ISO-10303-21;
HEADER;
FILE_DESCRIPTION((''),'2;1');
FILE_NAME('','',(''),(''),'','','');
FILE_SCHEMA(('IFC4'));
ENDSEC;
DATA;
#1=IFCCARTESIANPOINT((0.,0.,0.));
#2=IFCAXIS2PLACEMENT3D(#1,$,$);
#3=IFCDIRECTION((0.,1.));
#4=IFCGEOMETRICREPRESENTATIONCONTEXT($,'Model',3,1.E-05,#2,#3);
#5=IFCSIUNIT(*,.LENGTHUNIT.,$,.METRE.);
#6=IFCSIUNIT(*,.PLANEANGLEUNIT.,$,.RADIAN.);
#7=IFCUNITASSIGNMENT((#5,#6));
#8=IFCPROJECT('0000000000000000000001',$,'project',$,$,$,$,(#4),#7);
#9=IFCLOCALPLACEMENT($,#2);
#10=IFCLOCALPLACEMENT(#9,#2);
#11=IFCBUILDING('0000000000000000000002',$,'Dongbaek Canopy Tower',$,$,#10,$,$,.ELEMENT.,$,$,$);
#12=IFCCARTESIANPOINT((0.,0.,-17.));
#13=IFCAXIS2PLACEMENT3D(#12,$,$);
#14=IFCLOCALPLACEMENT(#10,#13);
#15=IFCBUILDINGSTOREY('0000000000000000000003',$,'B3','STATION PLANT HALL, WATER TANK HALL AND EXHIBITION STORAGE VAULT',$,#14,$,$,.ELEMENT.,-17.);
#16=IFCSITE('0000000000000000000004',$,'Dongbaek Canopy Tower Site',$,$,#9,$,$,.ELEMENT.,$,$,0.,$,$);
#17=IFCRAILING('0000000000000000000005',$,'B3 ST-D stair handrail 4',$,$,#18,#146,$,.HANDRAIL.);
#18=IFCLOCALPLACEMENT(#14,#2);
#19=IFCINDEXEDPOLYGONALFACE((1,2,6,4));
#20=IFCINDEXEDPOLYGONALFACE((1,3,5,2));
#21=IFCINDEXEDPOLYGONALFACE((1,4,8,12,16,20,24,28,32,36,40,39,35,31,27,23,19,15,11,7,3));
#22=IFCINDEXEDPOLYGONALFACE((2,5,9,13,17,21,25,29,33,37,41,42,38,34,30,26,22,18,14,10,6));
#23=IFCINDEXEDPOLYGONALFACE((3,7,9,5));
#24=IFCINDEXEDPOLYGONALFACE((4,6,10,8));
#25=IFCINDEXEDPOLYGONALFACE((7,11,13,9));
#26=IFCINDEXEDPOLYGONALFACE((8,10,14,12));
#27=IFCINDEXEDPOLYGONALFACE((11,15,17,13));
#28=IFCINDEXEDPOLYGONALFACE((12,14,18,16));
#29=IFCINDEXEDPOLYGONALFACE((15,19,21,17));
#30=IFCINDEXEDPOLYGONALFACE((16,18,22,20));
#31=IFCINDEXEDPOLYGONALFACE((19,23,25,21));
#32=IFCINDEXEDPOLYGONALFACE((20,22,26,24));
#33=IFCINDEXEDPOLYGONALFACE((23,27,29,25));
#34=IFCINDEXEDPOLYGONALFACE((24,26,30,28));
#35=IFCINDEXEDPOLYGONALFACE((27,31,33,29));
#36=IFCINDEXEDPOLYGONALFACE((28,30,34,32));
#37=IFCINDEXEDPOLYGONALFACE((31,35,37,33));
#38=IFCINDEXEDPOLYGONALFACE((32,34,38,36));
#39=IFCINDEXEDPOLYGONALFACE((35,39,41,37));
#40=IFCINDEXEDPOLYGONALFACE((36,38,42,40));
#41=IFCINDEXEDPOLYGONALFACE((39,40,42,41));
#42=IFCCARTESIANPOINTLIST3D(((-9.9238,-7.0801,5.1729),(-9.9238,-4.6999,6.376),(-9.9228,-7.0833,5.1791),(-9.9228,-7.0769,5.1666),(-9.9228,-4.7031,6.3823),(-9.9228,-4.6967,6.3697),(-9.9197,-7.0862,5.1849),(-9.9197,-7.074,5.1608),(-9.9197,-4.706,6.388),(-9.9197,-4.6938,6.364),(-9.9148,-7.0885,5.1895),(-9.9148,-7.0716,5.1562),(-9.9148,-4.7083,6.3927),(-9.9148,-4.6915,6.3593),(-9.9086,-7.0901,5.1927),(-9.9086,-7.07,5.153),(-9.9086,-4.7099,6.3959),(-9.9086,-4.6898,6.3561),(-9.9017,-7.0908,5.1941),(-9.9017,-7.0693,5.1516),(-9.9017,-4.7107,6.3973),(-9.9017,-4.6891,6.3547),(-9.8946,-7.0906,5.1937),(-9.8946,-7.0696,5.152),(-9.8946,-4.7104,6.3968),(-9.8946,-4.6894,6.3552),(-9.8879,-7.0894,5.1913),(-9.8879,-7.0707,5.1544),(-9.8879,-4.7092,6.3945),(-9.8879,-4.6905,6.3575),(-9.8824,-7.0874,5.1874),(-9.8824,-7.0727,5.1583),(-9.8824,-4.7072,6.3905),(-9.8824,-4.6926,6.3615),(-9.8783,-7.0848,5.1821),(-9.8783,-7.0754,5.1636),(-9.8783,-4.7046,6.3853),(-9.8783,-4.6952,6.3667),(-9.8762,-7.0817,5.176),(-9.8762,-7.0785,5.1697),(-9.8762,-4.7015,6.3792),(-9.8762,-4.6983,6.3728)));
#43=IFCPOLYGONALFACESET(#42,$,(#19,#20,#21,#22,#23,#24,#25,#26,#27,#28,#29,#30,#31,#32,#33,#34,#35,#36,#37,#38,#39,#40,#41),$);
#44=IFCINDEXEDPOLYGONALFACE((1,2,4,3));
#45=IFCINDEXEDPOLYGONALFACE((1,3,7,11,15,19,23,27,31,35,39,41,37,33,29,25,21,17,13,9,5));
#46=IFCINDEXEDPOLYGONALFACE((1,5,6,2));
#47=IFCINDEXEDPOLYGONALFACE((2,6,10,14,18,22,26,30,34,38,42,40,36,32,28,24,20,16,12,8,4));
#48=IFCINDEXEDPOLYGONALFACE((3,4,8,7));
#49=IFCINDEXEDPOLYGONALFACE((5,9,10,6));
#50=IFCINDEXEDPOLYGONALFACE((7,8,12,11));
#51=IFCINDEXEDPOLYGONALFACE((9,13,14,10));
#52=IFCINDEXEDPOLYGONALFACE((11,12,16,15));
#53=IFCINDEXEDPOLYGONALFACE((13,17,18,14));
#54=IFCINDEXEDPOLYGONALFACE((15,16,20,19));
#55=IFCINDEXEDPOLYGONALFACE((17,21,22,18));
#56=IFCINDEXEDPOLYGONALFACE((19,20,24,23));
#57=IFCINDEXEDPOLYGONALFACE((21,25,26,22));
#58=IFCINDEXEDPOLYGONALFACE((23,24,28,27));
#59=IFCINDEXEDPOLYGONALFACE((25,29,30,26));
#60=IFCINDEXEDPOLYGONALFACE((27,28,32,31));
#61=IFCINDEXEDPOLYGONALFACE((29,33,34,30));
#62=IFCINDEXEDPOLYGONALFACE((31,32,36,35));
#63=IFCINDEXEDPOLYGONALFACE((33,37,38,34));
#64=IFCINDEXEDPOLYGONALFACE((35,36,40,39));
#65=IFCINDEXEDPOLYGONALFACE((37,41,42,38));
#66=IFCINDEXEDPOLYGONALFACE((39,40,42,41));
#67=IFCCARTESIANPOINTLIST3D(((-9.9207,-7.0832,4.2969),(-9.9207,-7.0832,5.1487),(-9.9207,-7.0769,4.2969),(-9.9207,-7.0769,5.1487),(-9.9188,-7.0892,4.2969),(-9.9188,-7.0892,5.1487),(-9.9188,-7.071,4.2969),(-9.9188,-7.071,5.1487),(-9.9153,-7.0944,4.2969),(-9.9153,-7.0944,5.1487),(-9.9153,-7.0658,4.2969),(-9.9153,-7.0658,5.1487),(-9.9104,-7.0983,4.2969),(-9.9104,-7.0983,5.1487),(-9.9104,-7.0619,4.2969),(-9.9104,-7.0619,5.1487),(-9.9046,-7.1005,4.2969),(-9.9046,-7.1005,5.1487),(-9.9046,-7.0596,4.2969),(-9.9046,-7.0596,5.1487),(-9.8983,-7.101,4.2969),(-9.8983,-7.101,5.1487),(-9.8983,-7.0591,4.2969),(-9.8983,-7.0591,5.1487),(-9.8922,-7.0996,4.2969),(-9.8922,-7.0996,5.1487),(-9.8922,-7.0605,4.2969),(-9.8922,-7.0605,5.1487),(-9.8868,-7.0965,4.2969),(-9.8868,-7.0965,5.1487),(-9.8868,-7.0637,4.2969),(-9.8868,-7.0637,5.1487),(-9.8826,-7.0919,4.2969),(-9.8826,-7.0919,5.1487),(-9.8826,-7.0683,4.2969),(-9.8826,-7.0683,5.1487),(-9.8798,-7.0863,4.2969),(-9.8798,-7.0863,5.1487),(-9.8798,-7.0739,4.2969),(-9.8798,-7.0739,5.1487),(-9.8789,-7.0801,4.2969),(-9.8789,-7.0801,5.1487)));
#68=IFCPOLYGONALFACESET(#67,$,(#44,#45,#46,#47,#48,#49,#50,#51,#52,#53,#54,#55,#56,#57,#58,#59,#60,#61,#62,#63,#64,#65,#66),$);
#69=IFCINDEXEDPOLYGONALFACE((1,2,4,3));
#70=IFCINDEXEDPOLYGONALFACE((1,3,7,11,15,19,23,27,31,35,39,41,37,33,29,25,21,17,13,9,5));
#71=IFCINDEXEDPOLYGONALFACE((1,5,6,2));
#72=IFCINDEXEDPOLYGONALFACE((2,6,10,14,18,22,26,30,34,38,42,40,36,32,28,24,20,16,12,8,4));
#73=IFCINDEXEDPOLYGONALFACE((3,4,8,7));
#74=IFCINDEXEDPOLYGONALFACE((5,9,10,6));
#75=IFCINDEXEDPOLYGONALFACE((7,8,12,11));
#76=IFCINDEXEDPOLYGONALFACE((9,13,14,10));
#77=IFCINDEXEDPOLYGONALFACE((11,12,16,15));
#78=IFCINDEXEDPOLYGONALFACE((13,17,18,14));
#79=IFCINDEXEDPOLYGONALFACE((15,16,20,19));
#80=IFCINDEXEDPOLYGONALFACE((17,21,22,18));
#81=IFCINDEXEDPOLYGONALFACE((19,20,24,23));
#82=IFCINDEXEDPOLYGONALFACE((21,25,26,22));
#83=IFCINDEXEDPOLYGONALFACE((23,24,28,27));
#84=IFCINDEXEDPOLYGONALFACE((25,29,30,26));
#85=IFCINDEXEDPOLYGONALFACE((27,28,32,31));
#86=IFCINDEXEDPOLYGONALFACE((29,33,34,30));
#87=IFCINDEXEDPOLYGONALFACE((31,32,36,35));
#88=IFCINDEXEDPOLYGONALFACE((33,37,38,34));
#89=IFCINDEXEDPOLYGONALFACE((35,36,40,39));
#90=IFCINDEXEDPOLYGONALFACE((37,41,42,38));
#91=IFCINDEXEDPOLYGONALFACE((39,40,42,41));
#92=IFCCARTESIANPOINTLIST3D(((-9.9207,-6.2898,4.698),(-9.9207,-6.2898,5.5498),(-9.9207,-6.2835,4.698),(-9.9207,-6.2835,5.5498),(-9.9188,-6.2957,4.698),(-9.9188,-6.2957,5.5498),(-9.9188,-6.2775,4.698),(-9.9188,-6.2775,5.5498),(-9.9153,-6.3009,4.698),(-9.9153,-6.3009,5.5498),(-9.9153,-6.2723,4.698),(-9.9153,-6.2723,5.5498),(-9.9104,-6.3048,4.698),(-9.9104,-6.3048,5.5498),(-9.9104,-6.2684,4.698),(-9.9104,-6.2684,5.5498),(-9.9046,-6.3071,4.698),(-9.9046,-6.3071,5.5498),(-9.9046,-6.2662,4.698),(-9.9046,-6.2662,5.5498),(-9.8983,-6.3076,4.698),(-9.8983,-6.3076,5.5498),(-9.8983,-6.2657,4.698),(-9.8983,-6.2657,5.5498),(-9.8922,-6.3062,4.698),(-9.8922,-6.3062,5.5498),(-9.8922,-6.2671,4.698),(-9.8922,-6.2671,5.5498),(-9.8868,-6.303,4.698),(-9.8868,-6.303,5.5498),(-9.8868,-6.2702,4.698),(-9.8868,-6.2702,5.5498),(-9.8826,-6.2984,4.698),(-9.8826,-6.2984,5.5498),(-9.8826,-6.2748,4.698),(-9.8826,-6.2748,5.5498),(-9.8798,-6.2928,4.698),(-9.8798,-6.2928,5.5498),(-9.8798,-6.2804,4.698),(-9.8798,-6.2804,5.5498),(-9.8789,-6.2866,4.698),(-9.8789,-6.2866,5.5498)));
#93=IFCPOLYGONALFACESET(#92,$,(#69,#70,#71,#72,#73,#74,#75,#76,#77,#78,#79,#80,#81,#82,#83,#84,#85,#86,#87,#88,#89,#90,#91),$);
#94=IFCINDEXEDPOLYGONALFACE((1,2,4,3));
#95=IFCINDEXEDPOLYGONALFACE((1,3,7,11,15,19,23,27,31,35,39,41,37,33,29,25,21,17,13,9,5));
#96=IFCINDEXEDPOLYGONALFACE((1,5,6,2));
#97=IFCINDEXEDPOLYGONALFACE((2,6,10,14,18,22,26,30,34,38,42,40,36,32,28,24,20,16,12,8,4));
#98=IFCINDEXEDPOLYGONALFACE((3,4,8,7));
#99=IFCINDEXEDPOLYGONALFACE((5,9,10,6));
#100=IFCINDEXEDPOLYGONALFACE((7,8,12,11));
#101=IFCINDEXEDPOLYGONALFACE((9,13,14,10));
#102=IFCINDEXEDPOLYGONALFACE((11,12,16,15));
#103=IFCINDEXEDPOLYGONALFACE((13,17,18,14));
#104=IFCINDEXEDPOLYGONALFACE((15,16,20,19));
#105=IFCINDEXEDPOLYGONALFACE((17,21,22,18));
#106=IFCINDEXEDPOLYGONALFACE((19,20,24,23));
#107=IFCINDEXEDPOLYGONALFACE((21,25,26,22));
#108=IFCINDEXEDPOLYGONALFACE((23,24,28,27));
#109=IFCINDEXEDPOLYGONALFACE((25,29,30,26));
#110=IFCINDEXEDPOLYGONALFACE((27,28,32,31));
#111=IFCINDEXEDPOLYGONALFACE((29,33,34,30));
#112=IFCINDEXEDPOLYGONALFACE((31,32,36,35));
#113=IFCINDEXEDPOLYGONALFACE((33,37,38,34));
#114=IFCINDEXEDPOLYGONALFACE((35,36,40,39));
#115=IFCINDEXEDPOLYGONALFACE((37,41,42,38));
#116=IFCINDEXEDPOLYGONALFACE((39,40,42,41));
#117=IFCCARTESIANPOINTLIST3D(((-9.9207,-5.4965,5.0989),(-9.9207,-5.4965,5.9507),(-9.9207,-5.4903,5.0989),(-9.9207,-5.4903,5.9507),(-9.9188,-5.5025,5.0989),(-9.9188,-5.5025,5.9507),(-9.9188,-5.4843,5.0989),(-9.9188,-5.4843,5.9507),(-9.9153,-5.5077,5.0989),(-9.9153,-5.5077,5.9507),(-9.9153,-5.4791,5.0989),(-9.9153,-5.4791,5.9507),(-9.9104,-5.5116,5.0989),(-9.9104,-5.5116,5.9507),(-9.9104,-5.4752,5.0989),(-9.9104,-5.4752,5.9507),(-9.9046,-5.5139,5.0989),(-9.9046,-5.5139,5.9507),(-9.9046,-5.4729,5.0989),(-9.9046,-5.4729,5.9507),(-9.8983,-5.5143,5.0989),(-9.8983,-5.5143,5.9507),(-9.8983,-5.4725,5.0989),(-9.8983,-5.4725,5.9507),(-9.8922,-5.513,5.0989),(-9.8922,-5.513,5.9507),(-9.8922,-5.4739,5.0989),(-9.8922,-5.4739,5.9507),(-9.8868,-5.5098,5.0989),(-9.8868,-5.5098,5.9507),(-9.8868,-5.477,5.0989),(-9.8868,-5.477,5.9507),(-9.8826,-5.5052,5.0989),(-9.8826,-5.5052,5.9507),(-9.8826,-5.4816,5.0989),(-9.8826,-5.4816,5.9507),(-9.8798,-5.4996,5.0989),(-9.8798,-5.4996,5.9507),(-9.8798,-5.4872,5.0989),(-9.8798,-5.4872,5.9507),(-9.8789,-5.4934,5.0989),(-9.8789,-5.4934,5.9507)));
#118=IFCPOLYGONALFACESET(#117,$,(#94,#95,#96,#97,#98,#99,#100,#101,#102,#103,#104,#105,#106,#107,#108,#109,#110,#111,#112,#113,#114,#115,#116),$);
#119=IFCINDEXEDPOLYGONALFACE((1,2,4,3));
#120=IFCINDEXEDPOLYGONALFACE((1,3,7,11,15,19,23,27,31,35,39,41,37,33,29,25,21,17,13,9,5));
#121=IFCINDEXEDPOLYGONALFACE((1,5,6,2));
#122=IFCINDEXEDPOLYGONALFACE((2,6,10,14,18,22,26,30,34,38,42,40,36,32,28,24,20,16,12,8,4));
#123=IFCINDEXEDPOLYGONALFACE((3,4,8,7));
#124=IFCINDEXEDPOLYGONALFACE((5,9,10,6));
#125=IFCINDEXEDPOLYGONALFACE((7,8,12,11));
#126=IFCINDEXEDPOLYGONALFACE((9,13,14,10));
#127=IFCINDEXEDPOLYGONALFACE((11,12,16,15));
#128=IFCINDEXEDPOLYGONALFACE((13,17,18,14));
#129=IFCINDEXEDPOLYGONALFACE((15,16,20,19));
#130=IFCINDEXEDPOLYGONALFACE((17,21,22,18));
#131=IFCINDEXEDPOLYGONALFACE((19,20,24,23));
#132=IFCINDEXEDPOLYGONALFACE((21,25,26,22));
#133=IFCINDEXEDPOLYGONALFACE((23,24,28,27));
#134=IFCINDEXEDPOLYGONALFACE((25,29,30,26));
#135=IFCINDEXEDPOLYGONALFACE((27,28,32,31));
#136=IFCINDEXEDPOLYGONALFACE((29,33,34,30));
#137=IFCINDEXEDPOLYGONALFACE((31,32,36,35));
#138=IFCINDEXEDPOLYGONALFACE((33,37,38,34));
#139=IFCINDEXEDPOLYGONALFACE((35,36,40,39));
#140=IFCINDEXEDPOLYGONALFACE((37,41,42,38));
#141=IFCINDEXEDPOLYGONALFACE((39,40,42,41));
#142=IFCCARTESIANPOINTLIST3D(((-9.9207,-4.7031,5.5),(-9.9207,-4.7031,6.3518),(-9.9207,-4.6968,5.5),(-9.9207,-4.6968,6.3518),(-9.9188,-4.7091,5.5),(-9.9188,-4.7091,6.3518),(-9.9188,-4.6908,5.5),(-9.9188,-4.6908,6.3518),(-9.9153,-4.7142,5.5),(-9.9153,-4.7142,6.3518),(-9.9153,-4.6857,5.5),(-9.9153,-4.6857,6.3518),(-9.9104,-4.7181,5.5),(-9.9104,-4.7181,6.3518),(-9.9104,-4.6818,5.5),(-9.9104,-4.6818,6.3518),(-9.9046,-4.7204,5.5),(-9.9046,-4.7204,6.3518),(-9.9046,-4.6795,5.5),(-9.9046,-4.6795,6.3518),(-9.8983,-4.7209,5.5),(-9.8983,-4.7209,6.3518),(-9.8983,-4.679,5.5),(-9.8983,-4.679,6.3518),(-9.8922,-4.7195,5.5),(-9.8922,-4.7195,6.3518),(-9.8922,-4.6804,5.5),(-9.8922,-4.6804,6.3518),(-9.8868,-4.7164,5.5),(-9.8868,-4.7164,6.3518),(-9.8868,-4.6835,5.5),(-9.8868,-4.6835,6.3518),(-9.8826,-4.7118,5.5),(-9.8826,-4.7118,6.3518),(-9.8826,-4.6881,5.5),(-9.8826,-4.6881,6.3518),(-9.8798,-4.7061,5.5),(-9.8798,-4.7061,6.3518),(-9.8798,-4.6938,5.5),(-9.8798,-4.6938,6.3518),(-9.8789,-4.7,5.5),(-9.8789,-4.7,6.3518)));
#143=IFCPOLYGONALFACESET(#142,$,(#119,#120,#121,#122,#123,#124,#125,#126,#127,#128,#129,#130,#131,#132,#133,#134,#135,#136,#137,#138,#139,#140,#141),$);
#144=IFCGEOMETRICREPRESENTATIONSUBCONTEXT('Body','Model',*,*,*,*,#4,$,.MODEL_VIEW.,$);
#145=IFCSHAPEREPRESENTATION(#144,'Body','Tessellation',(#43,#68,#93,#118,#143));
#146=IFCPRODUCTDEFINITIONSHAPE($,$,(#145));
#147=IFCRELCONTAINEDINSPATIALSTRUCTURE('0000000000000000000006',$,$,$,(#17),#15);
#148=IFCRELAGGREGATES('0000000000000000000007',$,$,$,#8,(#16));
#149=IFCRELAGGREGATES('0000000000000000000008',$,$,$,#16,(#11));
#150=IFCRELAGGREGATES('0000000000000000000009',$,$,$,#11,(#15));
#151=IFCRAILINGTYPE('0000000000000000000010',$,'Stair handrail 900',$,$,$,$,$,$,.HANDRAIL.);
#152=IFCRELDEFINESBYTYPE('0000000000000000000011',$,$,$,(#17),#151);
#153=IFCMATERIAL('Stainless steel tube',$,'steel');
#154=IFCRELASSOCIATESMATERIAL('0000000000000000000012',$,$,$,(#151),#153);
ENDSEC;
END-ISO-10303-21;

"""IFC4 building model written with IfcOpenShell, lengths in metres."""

from ifc_helpers import new_model, si_unit, direction, frame, origin, origin_2d, place, context, subcontext, project, spatial, circle, extrude, material, type_object, element, save


model = new_model("IFC4")

# Units and contexts
model_context = context("Model", 3, precision=1e-05, world=origin(), true_north=direction((0.0, 1.0)))
body_context = subcontext(model_context, "Body", "Model", "MODEL_VIEW")
ifc_project = project(units=[si_unit("LENGTHUNIT", "METRE"), si_unit("PLANEANGLEUNIT", "RADIAN")], contexts=[model_context])

# Site, building, storey
site_placement = place(None, origin())
site = spatial("IfcSite", under=ifc_project, at=site_placement, Name="Dongbaek Canopy Tower Site", CompositionType="ELEMENT", RefElevation=0.0)
building_placement = place(site_placement, origin())
building = spatial("IfcBuilding", under=site, at=building_placement, Name="Dongbaek Canopy Tower", CompositionType="ELEMENT")
storey_placement = place(building_placement, frame((0.0, 0.0, -17.0)))
storey = spatial("IfcBuildingStorey", under=building, at=storey_placement, Name="B3", Description="STATION PLANT HALL, WATER TANK HALL AND EXHIBITION STORAGE VAULT", CompositionType="ELEMENT", Elevation=-17.0)

# Railing
ifc_material_1 = material(Name="Stainless steel tube", Category="steel")
railing_type_1 = type_object("IfcRailingType", Name="Stair handrail 900", PredefinedType="HANDRAIL", material=ifc_material_1)
railing_1_placement = place(storey_placement, frame((-9.8999, -7.0801, 4.2969)))
element("IfcRailing", 1, at=railing_1_placement, inside=storey, type_object=railing_type_1, Name="B3 ST-D stair handrail 4", PredefinedType="HANDRAIL", context=body_context, shape_type="SweptSolid", body=[
    extrude(circle(Radius=0.0239, at=origin_2d()), frame((0.0, 0.0, 0.876), z_axis=(0.0, 0.89246, 0.451127), x_axis=(-1.0, 0.0, 0.0)), (0.0, 0.0, 1.0), 2.667),
    extrude(circle(Radius=0.021, at=origin_2d()), origin(), (0.0, 0.0, 1.0), 0.8518),
    extrude(circle(Radius=0.021, at=origin_2d()), frame((0.0, 0.7935, 0.4011)), (0.0, 0.0, 1.0), 0.8518),
    extrude(circle(Radius=0.021, at=origin_2d()), frame((0.0, 1.5867, 0.802)), (0.0, 0.0, 1.0), 0.8518),
    extrude(circle(Radius=0.021, at=origin_2d()), frame((0.0, 2.3801, 1.2031)), (0.0, 0.0, 1.0), 0.8518),
])

save(model, "model.ifc")
